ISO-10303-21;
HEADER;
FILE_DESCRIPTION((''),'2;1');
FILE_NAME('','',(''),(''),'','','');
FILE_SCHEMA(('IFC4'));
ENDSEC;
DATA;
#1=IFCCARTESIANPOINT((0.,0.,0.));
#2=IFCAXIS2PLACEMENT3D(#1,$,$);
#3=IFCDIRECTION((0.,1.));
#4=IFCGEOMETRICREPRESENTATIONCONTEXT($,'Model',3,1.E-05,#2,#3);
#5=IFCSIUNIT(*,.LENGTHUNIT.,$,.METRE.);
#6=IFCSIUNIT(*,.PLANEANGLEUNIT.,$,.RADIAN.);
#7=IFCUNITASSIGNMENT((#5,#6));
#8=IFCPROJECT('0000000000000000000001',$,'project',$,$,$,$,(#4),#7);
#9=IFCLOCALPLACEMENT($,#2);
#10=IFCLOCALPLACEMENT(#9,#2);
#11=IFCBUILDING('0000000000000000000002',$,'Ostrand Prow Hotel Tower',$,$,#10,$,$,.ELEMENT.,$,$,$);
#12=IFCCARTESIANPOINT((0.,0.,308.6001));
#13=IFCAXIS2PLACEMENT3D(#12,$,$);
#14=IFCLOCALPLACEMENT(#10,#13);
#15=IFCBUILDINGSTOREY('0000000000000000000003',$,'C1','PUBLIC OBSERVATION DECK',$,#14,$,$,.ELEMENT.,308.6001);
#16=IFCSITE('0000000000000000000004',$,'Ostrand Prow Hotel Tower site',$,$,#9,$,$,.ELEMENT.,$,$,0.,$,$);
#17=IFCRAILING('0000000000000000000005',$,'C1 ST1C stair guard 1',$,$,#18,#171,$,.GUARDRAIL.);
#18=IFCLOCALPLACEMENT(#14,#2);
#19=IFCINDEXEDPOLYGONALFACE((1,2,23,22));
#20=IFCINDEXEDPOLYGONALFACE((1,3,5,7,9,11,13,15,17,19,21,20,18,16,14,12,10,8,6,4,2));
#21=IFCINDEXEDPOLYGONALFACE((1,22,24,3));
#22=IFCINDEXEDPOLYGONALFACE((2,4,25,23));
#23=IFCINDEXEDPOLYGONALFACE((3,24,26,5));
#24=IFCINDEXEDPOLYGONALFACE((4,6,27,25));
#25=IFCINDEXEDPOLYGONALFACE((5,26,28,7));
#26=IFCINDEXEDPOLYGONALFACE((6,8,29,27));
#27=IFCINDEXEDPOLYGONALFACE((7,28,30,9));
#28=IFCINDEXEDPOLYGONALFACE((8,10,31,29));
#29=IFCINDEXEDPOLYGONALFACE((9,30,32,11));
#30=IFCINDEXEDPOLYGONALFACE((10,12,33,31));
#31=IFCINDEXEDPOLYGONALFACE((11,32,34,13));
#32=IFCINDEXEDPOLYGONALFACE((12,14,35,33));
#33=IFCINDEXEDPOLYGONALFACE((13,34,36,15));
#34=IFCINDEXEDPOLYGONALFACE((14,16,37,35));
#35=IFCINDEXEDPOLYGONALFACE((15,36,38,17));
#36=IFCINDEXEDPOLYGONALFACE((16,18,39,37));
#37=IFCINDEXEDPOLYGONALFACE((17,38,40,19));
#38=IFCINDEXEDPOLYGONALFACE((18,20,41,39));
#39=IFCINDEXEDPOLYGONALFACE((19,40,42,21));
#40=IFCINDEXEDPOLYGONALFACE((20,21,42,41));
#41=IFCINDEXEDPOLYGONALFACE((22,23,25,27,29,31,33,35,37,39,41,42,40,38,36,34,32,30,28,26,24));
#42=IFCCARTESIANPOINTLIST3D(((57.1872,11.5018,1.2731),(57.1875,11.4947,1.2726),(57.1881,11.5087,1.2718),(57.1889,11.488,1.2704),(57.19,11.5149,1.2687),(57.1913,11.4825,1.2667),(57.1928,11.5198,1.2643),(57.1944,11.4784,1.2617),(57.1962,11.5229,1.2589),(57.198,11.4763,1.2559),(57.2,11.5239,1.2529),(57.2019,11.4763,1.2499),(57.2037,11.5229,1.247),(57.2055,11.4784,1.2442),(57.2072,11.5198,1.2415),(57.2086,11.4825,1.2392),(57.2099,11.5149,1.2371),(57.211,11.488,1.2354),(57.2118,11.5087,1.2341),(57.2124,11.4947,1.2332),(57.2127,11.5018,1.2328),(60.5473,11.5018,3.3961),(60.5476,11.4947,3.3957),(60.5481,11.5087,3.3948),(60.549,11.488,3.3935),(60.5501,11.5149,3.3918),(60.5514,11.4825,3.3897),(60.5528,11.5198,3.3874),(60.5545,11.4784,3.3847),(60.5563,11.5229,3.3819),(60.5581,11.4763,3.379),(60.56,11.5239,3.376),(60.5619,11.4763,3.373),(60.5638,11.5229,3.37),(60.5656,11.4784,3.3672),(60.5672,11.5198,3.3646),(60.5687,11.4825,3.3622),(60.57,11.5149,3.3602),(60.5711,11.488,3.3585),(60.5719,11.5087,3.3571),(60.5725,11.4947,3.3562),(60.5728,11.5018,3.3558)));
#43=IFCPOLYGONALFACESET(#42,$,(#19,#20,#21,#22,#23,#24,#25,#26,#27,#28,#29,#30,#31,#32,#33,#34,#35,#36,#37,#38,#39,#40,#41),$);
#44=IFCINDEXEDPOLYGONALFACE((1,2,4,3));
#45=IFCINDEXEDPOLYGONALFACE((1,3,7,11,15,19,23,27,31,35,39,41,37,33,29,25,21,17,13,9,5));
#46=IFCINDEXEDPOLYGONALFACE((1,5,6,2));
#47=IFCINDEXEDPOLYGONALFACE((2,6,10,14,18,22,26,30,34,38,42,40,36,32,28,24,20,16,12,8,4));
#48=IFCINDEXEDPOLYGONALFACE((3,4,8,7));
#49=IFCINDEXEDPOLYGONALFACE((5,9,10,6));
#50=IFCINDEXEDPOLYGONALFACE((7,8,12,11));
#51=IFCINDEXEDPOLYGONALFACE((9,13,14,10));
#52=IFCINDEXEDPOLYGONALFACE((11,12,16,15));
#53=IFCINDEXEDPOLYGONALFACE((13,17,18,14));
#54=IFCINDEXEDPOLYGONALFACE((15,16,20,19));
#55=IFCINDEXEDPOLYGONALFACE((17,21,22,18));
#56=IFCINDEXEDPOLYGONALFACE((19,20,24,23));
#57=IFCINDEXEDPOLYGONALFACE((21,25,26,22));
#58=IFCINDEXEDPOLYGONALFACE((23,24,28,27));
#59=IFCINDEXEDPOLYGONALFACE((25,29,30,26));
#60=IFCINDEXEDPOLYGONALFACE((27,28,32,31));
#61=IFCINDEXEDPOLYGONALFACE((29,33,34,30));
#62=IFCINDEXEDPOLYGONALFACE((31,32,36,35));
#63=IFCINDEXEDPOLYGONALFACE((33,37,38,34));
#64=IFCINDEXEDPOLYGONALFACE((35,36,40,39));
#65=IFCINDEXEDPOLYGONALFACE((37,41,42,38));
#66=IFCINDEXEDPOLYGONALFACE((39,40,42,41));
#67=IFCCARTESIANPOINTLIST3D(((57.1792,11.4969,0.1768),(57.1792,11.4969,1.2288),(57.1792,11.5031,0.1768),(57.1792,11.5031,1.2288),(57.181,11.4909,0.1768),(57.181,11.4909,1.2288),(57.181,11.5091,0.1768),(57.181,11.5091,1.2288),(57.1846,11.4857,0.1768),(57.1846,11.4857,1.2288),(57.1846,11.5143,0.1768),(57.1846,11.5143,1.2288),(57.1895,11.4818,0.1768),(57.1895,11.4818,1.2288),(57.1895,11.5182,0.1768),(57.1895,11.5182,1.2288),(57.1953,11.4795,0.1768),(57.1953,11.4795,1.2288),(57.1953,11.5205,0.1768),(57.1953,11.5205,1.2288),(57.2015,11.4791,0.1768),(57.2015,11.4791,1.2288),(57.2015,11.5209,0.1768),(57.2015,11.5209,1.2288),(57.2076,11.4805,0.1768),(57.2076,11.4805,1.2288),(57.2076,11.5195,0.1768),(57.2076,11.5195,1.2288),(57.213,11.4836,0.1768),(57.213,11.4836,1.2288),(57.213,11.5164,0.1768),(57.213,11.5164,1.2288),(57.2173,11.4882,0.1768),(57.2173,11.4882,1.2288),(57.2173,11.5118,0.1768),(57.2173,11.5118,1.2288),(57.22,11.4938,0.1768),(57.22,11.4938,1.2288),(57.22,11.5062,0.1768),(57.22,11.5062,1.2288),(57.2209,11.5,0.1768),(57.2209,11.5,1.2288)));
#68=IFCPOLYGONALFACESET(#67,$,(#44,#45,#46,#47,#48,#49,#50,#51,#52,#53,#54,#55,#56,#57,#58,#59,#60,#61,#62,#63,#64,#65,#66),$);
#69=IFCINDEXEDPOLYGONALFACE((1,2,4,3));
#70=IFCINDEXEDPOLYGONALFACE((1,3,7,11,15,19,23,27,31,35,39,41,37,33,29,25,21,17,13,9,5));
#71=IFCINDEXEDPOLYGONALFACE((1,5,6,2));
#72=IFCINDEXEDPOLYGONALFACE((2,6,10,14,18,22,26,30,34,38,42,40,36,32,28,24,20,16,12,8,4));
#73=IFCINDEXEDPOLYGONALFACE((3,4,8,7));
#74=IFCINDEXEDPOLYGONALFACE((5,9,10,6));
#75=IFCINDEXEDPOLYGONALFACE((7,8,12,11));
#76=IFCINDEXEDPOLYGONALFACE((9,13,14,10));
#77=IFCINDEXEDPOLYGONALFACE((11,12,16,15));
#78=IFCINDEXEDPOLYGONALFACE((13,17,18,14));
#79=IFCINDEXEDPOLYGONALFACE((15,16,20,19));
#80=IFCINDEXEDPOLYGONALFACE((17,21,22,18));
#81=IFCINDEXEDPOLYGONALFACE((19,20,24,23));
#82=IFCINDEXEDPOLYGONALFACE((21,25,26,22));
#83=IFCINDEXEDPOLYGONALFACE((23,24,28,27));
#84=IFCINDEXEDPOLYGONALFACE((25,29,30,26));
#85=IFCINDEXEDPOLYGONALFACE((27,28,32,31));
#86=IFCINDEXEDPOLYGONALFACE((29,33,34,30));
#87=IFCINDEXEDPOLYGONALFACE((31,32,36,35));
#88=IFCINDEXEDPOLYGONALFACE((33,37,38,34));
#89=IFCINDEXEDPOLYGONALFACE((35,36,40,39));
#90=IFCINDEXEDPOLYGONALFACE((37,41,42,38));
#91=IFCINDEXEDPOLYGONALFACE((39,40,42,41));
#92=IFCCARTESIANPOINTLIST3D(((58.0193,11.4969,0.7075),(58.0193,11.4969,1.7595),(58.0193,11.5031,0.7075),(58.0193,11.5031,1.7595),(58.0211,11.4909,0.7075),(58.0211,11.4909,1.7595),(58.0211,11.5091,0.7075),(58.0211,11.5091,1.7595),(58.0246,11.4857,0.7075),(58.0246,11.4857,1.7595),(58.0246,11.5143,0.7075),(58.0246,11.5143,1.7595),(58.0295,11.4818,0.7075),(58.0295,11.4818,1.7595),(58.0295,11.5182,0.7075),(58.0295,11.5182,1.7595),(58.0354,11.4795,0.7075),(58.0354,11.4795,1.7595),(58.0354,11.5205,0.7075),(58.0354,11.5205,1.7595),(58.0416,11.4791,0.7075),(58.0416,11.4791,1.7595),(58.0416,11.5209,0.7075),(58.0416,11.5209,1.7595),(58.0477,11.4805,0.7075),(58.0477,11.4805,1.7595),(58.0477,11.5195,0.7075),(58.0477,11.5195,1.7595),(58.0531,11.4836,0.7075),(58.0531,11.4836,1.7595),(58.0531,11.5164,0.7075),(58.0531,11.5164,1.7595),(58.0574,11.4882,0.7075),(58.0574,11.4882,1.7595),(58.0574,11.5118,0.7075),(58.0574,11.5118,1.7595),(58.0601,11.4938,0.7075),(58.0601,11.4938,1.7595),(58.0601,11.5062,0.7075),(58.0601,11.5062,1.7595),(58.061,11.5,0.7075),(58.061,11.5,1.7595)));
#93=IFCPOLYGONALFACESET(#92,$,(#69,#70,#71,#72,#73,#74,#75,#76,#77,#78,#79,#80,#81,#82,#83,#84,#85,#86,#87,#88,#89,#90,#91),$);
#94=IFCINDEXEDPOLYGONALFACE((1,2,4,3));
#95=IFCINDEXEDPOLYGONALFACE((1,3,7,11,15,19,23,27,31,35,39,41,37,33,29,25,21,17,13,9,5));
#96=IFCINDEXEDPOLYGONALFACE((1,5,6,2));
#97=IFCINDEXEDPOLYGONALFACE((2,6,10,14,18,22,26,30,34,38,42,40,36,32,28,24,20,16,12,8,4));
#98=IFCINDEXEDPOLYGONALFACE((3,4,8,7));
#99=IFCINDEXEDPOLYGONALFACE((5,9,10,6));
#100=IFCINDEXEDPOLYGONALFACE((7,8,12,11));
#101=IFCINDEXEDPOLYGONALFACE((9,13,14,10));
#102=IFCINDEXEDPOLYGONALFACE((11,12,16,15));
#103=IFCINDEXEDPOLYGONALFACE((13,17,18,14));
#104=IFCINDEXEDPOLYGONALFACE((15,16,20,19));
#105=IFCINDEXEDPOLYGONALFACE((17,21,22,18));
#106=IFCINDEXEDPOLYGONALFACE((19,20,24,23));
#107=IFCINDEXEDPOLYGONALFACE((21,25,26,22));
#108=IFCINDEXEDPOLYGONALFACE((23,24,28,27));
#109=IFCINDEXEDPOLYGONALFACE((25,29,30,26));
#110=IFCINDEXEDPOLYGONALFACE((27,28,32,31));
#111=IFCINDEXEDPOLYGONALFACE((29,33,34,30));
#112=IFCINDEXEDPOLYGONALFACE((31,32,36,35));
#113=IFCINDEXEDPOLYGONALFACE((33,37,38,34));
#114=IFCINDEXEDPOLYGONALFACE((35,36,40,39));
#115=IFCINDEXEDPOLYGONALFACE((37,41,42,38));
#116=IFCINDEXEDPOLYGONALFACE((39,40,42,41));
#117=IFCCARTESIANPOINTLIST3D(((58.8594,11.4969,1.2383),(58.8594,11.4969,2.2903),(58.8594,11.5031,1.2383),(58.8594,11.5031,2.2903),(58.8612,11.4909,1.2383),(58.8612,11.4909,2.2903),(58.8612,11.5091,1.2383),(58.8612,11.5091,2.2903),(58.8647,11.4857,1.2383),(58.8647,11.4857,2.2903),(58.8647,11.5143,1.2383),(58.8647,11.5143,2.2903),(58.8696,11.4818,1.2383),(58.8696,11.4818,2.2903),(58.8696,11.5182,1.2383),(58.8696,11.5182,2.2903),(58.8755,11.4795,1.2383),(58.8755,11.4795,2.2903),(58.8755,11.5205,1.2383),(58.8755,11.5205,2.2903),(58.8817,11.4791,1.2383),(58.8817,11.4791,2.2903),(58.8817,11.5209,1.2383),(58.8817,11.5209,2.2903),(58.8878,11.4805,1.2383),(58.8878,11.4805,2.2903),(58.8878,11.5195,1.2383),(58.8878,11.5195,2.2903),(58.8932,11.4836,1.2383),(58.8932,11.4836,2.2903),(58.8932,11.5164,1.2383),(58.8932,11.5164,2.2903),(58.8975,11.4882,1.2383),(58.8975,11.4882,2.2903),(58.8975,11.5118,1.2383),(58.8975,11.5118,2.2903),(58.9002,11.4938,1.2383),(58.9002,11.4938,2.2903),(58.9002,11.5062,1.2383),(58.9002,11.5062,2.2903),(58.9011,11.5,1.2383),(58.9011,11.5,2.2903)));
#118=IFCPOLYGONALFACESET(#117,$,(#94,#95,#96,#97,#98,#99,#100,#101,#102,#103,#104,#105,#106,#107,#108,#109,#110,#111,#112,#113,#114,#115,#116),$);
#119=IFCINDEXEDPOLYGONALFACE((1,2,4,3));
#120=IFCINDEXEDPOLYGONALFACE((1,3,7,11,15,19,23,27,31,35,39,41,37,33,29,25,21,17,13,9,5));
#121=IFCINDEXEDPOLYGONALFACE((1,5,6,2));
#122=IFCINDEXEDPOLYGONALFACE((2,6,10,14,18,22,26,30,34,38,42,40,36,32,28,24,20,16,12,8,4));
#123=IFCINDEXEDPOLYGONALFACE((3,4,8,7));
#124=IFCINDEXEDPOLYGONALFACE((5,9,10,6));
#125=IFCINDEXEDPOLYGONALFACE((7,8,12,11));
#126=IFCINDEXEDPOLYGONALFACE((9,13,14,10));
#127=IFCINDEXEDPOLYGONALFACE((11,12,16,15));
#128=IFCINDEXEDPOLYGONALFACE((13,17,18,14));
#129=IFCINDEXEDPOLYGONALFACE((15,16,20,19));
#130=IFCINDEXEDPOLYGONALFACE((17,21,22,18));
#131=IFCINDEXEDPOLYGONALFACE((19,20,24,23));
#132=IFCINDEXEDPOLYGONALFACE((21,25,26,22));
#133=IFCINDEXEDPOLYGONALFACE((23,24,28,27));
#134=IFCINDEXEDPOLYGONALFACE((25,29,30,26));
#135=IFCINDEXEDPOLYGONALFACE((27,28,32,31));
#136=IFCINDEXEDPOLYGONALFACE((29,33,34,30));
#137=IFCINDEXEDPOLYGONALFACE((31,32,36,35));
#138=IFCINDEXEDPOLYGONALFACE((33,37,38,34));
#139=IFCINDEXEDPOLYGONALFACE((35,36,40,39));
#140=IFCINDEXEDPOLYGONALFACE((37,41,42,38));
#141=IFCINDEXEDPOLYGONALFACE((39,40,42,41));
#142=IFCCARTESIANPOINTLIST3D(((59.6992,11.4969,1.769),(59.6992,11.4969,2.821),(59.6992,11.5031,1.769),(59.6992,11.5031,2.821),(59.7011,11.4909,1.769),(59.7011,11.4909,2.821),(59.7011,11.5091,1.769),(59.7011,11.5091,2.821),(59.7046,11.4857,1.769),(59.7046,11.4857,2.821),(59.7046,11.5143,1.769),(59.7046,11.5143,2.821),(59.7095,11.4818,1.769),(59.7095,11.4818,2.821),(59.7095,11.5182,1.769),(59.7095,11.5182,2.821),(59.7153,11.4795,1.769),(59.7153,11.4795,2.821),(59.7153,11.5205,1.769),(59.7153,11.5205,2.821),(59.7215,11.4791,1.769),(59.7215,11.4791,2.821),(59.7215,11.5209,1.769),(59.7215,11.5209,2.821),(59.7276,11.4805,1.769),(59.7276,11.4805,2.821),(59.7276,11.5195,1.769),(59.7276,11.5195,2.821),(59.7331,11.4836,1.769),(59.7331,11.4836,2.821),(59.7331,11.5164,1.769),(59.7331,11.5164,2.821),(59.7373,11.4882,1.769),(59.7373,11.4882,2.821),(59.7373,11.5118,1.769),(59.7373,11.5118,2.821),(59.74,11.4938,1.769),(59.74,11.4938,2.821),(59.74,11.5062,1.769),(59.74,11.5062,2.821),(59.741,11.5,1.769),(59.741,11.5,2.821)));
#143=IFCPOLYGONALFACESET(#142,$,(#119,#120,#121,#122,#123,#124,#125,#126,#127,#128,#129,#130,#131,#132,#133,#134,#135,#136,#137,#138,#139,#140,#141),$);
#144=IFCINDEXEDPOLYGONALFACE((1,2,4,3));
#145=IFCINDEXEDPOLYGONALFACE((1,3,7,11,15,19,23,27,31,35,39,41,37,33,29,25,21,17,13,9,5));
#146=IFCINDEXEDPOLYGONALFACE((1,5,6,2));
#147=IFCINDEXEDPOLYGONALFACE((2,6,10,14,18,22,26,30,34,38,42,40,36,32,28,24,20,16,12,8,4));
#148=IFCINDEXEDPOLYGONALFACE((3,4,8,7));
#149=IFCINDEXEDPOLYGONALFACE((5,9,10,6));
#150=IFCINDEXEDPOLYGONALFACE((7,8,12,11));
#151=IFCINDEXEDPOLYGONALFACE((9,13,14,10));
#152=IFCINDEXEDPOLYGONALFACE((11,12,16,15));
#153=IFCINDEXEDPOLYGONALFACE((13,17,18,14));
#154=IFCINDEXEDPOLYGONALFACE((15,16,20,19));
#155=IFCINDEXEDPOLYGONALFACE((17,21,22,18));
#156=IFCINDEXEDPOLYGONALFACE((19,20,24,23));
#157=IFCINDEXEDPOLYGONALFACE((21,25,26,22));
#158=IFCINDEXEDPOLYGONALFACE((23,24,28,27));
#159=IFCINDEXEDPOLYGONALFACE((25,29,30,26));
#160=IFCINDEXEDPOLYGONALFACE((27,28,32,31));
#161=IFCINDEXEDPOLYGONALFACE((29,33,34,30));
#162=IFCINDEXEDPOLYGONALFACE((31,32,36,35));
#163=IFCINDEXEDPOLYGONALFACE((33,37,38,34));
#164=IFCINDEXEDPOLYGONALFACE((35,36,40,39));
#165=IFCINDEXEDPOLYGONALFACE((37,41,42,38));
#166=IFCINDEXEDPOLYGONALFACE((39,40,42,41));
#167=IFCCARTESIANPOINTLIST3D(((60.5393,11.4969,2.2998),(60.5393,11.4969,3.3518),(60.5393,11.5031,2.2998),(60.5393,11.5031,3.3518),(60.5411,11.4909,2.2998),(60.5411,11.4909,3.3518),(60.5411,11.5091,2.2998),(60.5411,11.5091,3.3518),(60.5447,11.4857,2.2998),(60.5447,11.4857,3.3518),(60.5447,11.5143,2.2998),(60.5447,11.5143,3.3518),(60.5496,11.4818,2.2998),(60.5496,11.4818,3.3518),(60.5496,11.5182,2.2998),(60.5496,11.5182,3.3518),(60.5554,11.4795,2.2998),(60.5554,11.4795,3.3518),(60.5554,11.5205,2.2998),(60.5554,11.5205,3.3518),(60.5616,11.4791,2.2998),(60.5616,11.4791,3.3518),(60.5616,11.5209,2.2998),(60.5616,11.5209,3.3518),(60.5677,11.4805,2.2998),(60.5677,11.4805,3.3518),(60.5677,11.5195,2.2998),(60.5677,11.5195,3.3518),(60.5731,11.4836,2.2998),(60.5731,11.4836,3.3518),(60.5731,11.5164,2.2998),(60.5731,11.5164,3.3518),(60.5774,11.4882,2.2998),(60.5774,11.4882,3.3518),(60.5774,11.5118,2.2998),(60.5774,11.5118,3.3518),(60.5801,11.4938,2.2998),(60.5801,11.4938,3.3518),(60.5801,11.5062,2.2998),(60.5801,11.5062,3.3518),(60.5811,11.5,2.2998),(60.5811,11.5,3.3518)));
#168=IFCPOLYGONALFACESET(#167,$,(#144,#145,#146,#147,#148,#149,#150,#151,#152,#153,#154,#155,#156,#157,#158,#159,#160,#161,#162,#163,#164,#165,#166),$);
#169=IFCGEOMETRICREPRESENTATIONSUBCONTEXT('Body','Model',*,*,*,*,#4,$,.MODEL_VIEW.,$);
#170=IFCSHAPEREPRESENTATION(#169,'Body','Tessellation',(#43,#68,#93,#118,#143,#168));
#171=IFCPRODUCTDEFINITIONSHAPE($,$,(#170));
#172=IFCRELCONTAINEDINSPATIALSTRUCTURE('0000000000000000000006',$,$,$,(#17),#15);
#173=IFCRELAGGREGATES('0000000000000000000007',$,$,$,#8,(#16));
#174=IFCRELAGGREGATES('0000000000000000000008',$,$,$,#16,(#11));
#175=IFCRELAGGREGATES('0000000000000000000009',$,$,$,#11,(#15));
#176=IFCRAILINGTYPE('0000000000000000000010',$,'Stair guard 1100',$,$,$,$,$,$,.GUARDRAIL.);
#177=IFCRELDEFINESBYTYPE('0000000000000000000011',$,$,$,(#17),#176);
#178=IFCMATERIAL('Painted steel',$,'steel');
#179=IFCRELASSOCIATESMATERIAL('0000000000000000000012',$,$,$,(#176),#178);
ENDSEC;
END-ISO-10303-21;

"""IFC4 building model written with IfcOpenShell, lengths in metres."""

from ifc_helpers import new_model, si_unit, direction, frame, origin, origin_2d, place, context, subcontext, project, spatial, circle, extrude, material, type_object, element, save


model = new_model("IFC4")

# Units and contexts
model_context = context("Model", 3, precision=1e-05, world=origin(), true_north=direction((0.0, 1.0)))
body_context = subcontext(model_context, "Body", "Model", "MODEL_VIEW")
ifc_project = project(units=[si_unit("LENGTHUNIT", "METRE"), si_unit("PLANEANGLEUNIT", "RADIAN")], contexts=[model_context])

# Site, building, storey
site_placement = place(None, origin())
site = spatial("IfcSite", under=ifc_project, at=site_placement, Name="Ostrand Prow Hotel Tower site", CompositionType="ELEMENT", RefElevation=0.0)
building_placement = place(site_placement, origin())
building = spatial("IfcBuilding", under=site, at=building_placement, Name="Ostrand Prow Hotel Tower", CompositionType="ELEMENT")
storey_placement = place(building_placement, frame((0.0, 0.0, 308.6001)))
storey = spatial("IfcBuildingStorey", under=building, at=storey_placement, Name="C1", Description="PUBLIC OBSERVATION DECK", CompositionType="ELEMENT", Elevation=308.6001)

# Railing
ifc_material_1 = material(Name="Painted steel", Category="steel")
railing_type_1 = type_object("IfcRailingType", Name="Stair guard 1100", PredefinedType="GUARDRAIL", material=ifc_material_1)
railing_1_placement = place(storey_placement, frame((57.2, 11.5, 0.1768)))
element("IfcRailing", 1, at=railing_1_placement, inside=storey, type_object=railing_type_1, Name="C1 ST1C stair guard 1", PredefinedType="GUARDRAIL", context=body_context, shape_type="SweptSolid", body=[
    extrude(circle(Radius=0.0239, at=origin_2d()), frame((0.0, 0.0, 1.0762), z_axis=(0.84539, 0.0, 0.53415), x_axis=(0.0, 1.0, 0.0)), (0.0, 0.0, 1.0), 3.9746),
    extrude(circle(Radius=0.021, at=origin_2d()), origin(), (0.0, 0.0, 1.0), 1.052),
    extrude(circle(Radius=0.021, at=origin_2d()), frame((0.8401, 0.0, 0.5308)), (0.0, 0.0, 1.0), 1.052),
    extrude(circle(Radius=0.021, at=origin_2d()), frame((1.6802, 0.0, 1.0615)), (0.0, 0.0, 1.0), 1.052),
    extrude(circle(Radius=0.021, at=origin_2d()), frame((2.52, 0.0, 1.5923)), (0.0, 0.0, 1.0), 1.052),
    extrude(circle(Radius=0.021, at=origin_2d()), frame((3.3601, 0.0, 2.123)), (0.0, 0.0, 1.0), 1.052),
])

save(model, "model.ifc")
